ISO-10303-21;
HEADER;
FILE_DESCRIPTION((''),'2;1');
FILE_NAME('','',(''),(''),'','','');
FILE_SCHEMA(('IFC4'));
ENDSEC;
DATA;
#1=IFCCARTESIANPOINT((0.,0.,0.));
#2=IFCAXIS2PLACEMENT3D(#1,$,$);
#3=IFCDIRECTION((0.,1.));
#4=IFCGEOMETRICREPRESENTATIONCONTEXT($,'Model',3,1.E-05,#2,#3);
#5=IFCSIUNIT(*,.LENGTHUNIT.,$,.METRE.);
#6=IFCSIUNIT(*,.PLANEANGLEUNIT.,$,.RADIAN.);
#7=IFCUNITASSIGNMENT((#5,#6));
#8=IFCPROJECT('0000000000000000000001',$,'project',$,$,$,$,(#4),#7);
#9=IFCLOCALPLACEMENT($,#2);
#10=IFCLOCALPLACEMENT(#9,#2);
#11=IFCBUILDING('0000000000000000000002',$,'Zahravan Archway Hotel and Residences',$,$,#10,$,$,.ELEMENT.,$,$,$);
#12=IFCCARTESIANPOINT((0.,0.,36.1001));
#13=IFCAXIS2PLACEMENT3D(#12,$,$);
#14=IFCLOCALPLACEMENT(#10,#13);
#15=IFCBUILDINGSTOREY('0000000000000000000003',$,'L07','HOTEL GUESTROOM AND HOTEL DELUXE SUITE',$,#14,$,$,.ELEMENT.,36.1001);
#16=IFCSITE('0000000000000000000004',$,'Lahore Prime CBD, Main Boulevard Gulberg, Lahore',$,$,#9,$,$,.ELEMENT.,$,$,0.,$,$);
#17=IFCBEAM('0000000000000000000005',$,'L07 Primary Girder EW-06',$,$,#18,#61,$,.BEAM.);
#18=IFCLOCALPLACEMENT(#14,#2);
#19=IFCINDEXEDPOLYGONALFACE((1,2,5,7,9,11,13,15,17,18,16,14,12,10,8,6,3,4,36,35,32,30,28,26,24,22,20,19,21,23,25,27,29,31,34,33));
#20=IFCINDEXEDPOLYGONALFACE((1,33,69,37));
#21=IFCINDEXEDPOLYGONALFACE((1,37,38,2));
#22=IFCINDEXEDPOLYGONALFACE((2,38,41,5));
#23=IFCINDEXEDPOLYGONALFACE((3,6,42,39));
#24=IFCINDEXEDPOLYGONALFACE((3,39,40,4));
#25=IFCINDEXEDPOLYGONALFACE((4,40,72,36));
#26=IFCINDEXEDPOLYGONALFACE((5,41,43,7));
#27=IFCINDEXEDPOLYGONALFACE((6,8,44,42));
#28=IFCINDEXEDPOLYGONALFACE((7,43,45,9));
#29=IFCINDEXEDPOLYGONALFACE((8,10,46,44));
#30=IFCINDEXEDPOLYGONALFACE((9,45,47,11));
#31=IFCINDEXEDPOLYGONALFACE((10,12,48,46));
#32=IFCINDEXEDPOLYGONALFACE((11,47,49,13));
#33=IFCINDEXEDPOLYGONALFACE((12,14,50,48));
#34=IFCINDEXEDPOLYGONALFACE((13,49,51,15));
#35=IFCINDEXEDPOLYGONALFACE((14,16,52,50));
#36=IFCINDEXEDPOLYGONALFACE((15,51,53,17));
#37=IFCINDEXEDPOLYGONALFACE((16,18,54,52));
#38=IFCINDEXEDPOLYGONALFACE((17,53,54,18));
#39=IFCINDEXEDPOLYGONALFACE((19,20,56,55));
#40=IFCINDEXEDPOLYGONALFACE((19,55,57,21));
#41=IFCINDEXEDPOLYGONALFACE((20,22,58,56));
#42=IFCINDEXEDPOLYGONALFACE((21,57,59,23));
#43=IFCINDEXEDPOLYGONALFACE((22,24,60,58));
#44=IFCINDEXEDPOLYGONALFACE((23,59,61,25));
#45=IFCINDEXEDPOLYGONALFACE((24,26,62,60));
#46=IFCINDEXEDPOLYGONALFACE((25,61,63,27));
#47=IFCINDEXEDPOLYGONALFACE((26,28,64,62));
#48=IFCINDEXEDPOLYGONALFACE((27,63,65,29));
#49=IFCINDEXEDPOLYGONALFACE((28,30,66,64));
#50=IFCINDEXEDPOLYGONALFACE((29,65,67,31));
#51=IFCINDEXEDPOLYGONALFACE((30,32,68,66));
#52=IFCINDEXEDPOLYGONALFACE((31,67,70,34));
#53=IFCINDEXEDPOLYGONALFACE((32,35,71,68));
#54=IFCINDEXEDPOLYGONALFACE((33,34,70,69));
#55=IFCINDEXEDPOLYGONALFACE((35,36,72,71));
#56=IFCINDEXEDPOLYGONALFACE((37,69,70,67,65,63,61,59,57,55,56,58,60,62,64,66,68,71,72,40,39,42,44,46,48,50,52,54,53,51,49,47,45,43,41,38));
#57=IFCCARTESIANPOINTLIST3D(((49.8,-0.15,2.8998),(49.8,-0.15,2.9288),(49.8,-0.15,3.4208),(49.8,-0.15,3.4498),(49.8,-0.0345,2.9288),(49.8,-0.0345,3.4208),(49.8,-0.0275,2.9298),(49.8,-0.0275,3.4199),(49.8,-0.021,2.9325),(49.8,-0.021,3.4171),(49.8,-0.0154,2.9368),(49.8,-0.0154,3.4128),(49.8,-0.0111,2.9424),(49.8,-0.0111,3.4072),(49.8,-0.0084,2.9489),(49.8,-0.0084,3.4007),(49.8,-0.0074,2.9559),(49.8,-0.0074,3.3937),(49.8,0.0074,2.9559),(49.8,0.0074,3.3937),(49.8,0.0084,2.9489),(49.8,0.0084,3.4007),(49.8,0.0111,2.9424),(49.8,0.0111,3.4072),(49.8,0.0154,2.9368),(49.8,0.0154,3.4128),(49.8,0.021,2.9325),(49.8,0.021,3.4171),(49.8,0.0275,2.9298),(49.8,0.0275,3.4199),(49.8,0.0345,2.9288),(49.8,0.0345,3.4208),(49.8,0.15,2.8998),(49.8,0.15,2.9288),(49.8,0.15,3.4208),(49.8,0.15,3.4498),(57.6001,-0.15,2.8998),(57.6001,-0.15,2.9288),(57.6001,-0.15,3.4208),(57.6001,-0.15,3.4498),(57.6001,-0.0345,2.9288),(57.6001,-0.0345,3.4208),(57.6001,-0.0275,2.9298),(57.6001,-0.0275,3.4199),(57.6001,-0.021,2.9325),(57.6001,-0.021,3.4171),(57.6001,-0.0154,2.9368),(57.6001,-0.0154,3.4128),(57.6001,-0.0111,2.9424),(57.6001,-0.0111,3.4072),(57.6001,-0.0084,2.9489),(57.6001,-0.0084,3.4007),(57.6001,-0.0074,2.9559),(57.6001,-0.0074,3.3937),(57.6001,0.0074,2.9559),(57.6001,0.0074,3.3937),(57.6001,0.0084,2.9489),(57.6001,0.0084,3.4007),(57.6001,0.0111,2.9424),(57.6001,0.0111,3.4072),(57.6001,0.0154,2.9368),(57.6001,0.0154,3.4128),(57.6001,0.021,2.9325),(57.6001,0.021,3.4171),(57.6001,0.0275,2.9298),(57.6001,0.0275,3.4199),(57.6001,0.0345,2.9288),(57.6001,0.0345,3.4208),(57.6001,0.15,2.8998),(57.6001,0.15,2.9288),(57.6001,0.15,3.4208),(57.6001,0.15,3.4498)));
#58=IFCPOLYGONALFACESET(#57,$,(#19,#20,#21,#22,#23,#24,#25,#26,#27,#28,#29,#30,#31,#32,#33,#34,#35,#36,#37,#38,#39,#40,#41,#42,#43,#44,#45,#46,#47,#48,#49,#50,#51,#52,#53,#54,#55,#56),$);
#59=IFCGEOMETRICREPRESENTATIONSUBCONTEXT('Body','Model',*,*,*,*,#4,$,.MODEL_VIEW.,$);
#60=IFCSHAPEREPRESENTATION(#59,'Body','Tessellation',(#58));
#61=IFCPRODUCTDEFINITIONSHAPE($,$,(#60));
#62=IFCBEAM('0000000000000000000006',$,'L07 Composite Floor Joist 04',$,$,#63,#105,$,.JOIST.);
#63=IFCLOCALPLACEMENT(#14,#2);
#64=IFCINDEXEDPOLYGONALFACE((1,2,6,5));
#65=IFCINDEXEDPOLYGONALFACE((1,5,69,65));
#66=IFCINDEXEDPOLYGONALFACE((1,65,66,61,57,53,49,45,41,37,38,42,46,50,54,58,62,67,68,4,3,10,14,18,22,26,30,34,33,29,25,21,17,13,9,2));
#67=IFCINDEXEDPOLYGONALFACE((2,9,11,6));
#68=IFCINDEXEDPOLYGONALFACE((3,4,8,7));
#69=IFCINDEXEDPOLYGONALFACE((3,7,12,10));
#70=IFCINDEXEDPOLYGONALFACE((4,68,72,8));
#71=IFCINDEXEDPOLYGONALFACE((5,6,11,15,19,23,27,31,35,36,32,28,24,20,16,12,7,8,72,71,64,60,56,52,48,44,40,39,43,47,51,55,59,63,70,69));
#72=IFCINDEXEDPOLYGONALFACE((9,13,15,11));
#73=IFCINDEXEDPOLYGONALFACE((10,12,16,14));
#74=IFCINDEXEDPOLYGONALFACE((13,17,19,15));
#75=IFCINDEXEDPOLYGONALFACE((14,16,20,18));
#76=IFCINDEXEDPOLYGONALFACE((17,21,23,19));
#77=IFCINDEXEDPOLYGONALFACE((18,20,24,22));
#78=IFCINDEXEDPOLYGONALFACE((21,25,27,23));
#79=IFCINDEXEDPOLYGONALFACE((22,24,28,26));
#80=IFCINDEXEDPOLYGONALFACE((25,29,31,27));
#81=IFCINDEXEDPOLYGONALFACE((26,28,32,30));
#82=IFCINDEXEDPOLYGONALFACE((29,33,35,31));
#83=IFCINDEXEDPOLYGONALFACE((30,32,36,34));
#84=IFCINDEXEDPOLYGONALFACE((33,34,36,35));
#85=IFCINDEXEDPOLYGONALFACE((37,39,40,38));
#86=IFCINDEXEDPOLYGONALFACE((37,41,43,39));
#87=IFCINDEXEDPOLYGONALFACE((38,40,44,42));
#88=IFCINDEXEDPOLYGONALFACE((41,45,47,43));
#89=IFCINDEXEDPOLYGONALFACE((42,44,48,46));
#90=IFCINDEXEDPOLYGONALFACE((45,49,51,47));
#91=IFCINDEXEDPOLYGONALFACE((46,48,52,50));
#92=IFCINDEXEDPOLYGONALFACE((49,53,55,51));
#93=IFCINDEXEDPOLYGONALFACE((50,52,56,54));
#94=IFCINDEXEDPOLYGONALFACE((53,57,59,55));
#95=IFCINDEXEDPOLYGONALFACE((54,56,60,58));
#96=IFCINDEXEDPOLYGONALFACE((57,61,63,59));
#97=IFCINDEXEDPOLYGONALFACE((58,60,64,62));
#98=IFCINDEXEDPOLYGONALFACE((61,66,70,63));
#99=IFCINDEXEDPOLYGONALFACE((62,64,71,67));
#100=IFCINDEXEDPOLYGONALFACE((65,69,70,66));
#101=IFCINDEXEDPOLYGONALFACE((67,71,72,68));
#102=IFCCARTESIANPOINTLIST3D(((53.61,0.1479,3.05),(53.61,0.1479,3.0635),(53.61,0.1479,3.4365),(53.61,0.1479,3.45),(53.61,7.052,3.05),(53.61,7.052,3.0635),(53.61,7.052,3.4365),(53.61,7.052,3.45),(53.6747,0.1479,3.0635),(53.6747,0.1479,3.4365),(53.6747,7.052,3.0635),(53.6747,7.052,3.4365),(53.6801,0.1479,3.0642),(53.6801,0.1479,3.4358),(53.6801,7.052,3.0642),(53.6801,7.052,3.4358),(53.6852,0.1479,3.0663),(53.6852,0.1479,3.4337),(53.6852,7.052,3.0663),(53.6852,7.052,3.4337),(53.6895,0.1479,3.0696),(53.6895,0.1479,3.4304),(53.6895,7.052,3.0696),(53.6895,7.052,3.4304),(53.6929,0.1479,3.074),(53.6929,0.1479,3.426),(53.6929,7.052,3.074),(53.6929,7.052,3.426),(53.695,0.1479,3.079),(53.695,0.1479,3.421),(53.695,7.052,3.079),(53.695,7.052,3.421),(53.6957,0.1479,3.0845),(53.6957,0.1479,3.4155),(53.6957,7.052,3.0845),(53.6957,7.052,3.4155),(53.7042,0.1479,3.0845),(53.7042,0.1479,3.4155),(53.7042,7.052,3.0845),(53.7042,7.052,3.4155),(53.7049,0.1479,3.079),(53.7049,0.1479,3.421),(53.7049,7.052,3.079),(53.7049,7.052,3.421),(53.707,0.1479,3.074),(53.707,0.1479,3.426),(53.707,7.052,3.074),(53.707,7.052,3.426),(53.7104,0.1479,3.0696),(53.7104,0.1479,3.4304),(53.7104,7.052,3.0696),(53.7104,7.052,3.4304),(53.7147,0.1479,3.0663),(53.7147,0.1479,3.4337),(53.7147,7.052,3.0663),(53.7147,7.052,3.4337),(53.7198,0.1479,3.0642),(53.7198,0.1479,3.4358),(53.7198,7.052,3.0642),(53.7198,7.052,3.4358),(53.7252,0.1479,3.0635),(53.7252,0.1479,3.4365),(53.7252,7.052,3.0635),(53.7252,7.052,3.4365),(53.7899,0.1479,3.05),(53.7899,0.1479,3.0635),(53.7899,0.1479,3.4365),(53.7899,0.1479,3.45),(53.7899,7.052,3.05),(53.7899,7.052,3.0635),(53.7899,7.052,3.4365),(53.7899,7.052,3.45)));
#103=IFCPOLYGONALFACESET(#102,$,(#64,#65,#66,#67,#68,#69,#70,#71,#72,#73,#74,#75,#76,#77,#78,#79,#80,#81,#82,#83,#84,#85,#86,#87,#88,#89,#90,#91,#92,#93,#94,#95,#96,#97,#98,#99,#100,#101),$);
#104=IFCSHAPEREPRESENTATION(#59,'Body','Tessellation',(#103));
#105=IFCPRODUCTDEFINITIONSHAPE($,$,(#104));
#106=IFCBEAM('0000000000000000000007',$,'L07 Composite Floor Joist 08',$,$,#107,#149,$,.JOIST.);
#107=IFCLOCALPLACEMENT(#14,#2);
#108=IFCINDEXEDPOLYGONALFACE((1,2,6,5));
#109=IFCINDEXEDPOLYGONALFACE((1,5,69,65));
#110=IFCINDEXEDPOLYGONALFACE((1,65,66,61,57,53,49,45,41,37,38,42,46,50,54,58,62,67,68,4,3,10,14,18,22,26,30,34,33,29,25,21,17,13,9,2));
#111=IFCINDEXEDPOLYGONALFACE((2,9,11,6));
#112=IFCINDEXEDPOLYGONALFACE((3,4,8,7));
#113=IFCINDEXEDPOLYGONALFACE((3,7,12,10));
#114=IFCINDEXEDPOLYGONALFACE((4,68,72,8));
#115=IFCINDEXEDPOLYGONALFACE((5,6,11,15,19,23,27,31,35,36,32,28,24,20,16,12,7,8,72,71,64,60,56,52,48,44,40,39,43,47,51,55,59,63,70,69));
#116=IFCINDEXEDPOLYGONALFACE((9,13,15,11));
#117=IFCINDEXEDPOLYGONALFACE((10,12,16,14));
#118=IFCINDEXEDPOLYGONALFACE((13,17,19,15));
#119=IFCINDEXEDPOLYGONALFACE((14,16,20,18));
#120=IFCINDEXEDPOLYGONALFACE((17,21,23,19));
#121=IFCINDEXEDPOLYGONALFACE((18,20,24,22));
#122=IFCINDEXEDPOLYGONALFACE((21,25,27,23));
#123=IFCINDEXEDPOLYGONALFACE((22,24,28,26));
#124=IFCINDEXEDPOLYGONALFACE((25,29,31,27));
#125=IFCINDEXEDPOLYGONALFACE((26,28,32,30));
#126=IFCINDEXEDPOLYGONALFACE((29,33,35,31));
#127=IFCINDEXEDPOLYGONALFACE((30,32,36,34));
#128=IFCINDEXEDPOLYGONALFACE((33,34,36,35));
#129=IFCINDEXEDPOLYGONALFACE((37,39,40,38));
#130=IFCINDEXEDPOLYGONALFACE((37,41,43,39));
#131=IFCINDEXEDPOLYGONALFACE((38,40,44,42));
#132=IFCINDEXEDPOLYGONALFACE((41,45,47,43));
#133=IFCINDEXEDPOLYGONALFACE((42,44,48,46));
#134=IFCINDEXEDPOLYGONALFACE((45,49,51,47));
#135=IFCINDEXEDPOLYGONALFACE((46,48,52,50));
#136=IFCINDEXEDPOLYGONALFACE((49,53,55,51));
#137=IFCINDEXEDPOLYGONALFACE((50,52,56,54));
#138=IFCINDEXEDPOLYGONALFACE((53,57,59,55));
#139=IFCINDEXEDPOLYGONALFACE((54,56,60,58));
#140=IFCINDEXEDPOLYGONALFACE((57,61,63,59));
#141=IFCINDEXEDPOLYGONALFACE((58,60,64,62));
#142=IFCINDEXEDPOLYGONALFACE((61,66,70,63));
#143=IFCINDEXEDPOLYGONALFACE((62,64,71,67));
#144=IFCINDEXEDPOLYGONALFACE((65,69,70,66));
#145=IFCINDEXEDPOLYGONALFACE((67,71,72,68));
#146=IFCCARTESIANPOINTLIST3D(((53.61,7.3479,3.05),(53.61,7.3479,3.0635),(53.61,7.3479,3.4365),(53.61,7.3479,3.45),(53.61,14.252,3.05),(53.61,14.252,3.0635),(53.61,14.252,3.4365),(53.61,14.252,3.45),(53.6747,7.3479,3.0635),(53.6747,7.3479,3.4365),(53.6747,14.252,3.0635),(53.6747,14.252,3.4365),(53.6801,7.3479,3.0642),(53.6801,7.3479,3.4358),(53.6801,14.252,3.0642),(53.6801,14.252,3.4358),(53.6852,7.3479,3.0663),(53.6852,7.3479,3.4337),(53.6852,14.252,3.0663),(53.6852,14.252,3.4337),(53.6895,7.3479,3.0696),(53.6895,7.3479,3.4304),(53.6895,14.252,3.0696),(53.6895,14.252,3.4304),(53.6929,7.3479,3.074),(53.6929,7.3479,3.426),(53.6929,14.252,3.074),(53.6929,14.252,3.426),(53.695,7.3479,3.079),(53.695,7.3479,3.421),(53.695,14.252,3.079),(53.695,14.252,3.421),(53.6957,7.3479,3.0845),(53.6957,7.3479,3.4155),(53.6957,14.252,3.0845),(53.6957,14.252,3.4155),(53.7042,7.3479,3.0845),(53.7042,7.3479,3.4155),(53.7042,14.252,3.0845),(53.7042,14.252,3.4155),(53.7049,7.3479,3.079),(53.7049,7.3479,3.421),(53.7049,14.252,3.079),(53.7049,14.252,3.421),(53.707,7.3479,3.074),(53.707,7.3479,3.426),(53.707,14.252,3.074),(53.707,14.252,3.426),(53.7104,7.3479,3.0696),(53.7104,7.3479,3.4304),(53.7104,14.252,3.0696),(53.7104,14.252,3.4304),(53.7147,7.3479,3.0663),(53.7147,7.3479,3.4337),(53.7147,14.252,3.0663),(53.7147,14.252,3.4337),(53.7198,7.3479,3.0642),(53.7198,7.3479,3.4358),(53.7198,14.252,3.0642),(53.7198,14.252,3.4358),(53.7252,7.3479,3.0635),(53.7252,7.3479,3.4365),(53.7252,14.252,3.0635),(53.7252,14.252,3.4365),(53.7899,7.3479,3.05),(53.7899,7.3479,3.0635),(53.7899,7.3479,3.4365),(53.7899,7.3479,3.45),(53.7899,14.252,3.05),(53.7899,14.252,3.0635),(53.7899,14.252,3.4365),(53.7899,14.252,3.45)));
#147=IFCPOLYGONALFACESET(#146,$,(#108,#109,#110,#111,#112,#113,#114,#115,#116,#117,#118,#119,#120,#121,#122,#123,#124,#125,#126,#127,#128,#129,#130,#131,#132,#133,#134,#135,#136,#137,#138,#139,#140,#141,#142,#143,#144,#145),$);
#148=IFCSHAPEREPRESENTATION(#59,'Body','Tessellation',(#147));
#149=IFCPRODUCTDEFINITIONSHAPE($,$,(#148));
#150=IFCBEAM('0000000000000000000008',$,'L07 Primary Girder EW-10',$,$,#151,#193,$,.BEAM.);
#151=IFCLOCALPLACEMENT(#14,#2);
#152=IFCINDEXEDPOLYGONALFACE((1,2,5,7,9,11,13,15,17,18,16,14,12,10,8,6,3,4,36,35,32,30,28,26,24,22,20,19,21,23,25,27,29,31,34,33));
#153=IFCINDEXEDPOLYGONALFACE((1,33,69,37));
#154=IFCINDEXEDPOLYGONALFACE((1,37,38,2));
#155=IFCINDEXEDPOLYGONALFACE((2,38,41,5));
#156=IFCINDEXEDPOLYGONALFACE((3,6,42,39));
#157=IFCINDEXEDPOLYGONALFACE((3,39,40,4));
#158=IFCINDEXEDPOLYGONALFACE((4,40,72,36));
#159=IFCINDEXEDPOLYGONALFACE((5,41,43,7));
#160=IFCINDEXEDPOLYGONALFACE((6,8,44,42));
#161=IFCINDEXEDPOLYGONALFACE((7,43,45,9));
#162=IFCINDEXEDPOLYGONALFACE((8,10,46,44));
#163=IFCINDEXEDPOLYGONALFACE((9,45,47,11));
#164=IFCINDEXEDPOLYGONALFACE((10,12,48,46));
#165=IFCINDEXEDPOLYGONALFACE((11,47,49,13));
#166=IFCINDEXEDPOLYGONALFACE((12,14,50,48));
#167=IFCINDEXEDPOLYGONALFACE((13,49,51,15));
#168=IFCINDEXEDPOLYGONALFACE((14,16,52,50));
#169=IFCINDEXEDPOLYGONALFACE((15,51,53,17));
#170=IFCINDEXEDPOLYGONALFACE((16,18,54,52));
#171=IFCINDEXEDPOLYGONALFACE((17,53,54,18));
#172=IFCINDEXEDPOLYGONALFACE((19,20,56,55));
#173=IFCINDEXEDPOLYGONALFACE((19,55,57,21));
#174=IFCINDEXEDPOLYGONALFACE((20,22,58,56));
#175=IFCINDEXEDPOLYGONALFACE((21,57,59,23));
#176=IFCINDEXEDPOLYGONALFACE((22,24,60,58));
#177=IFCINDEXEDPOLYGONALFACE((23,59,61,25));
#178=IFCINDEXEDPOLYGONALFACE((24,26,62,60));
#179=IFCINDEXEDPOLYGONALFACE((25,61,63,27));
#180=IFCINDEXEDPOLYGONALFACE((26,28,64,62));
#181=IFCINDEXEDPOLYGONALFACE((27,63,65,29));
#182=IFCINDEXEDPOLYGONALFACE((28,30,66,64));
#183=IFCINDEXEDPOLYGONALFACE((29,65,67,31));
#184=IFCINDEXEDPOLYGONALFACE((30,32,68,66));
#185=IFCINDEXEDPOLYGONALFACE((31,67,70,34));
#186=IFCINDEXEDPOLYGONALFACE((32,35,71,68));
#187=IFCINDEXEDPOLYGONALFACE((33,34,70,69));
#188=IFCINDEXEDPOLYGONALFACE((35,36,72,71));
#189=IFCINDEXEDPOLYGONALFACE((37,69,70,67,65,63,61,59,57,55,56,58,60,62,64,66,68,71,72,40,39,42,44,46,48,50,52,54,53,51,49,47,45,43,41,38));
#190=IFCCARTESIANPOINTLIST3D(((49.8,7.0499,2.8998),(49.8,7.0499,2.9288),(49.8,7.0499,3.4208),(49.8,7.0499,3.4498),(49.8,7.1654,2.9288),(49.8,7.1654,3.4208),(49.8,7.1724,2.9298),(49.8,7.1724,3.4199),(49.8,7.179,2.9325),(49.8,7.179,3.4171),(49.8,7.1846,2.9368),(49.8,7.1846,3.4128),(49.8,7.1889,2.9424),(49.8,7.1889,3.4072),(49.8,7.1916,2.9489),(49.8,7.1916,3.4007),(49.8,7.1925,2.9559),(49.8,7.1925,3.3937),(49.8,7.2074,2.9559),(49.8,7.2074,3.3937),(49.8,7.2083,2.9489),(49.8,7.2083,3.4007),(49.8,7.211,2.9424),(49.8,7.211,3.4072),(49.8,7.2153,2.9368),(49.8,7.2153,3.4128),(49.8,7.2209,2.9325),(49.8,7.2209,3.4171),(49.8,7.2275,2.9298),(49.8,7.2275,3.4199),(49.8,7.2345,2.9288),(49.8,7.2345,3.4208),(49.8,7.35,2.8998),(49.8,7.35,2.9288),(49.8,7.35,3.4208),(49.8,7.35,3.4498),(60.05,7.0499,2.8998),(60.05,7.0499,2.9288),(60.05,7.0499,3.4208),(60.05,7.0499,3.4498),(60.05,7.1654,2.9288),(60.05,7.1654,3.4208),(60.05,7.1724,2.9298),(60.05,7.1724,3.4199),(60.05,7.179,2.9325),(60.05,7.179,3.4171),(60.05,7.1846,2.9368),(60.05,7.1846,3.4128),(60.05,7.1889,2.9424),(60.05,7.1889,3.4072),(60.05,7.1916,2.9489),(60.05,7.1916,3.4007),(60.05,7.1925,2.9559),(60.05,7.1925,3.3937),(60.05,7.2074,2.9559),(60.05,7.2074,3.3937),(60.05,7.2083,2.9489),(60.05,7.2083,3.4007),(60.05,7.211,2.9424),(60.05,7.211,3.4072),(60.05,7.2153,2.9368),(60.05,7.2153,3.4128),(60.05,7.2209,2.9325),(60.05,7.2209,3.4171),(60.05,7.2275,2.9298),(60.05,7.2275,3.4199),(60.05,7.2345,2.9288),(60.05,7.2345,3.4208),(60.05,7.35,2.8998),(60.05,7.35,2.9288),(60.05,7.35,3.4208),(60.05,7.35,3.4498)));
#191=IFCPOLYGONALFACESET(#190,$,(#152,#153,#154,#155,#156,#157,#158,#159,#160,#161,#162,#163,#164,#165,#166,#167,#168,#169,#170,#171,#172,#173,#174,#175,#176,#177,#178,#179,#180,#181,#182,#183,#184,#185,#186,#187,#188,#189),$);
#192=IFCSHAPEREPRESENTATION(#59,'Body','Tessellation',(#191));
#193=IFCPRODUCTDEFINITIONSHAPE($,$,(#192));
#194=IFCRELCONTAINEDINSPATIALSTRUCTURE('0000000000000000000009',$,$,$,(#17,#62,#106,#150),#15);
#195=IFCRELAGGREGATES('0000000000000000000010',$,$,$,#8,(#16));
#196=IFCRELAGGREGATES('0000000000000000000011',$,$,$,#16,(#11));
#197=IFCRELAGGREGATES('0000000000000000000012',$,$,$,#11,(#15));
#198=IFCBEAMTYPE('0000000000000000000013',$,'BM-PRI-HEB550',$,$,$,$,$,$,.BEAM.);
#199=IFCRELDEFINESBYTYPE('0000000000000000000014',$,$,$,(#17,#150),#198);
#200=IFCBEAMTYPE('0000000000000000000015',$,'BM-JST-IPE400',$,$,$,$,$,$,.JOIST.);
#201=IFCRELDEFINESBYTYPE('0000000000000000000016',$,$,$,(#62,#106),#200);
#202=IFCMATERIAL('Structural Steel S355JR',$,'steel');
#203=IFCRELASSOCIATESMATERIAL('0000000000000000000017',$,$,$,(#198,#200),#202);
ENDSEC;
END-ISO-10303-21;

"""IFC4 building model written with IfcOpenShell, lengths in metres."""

from ifc_helpers import new_model, si_unit, direction, frame, origin, origin_2d, place, context, subcontext, project, spatial, i_section, extrude, source, transform, mapped, material, material_profile, profile_set, type_object, type_shapes, element, save


model = new_model("IFC4")

# Units and contexts
model_context = context("Model", 3, precision=1e-05, world=origin(), true_north=direction((0.0, 1.0)))
body_context = subcontext(model_context, "Body", "Model", "MODEL_VIEW")
ifc_project = project(units=[si_unit("LENGTHUNIT", "METRE"), si_unit("PLANEANGLEUNIT", "RADIAN")], contexts=[model_context])

# Site, building, storey
site_placement = place(None, origin())
site = spatial("IfcSite", under=ifc_project, at=site_placement, Name="Lahore Prime CBD, Main Boulevard Gulberg, Lahore", CompositionType="ELEMENT", RefElevation=0.0)
building_placement = place(site_placement, origin())
building = spatial("IfcBuilding", under=site, at=building_placement, Name="Zahravan Archway Hotel and Residences", CompositionType="ELEMENT")
storey_placement = place(building_placement, frame((0.0, 0.0, 36.1001)))
storey = spatial("IfcBuildingStorey", under=building, at=storey_placement, Name="L07", Description="HOTEL GUESTROOM AND HOTEL DELUXE SUITE", CompositionType="ELEMENT", Elevation=36.1001)

# Beams
ifc_material_1 = material(Name="Structural Steel S355JR", Category="steel")
ifc_material_profile_1 = material_profile(ifc_material_1, i_section(OverallWidth=0.3, OverallDepth=0.55, WebThickness=0.0149, FlangeThickness=0.0291, FilletRadius=0.0271, at=origin_2d()), Name="HEB 550", Category="steel")
ifc_profile_set_1 = profile_set([ifc_material_profile_1], Name="Structural Steel S355JR")
beam_type_1 = type_object("IfcBeamType", Name="BM-PRI-HEB550", PredefinedType="BEAM", material=ifc_profile_set_1)
shared_shape_1 = source(origin(), body_context, "Body", "SweptSolid", [
    extrude(i_section(OverallWidth=0.3, OverallDepth=0.55, WebThickness=0.0149, FlangeThickness=0.0291, FilletRadius=0.0271, at=origin_2d()), origin(), (0.0, 0.0, 1.0), 7.8),
])
beam_1_placement = place(storey_placement, frame((49.8, 0.0, 3.1748), z_axis=(1.0, 0.0, 0.0), x_axis=(0.0, 1.0, 0.0)))
element("IfcBeam", 1, at=beam_1_placement, inside=storey, type_object=beam_type_1, Name="L07 Primary Girder EW-06", PredefinedType="BEAM", context=body_context, shape_type="MappedRepresentation", body=[
    mapped(shared_shape_1, transform((0.0, 0.0, 0.0), scale=1.0)),
])
ifc_material_profile_2 = material_profile(ifc_material_1, i_section(OverallWidth=0.1799, OverallDepth=0.3999, WebThickness=0.0085, FlangeThickness=0.0134, FilletRadius=0.021, at=origin_2d()), Name="IPE 400", Category="steel")
ifc_profile_set_2 = profile_set([ifc_material_profile_2], Name="Structural Steel S355JR")
beam_type_2 = type_object("IfcBeamType", Name="BM-JST-IPE400", PredefinedType="JOIST", material=ifc_profile_set_2)
shared_shape_2 = source(origin(), body_context, "Body", "SweptSolid", [
    extrude(i_section(OverallWidth=0.1799, OverallDepth=0.3999, WebThickness=0.0085, FlangeThickness=0.0134, FilletRadius=0.021, at=origin_2d()), origin(), (0.0, 0.0, 1.0), 6.9041),
])
type_shapes(beam_type_2, [shared_shape_2])
for number, where, z_axis, x_axis, name in (
    (2, (53.7, 0.1479, 3.25), (0.0, 1.0, 0.0), (-1.0, 0.0, 0.0), "L07 Composite Floor Joist 04"),
    (3, (53.7, 7.3479, 3.25), (0.0, 1.0, 0.0), (-1.0, 0.0, 0.0), "L07 Composite Floor Joist 08"),
):
    element("IfcBeam", number, at=place(storey_placement, frame(where, z_axis=z_axis, x_axis=x_axis)), inside=storey, type_object=beam_type_2, Name=name, PredefinedType="JOIST", context=body_context, shape_type="MappedRepresentation", body=[
        mapped(shared_shape_2, transform((0.0, 0.0, 0.0), scale=1.0)),
    ])
shared_shape_3 = source(origin(), body_context, "Body", "SweptSolid", [
    extrude(i_section(OverallWidth=0.3, OverallDepth=0.55, WebThickness=0.0149, FlangeThickness=0.0291, FilletRadius=0.0271, at=origin_2d()), origin(), (0.0, 0.0, 1.0), 10.25),
])
beam_2_placement = place(storey_placement, frame((49.8, 7.2, 3.1748), z_axis=(1.0, 0.0, 0.0), x_axis=(0.0, 1.0, 0.0)))
element("IfcBeam", 4, at=beam_2_placement, inside=storey, type_object=beam_type_1, Name="L07 Primary Girder EW-10", PredefinedType="BEAM", context=body_context, shape_type="MappedRepresentation", body=[
    mapped(shared_shape_3, transform((0.0, 0.0, 0.0), scale=1.0)),
])

save(model, "model.ifc")
